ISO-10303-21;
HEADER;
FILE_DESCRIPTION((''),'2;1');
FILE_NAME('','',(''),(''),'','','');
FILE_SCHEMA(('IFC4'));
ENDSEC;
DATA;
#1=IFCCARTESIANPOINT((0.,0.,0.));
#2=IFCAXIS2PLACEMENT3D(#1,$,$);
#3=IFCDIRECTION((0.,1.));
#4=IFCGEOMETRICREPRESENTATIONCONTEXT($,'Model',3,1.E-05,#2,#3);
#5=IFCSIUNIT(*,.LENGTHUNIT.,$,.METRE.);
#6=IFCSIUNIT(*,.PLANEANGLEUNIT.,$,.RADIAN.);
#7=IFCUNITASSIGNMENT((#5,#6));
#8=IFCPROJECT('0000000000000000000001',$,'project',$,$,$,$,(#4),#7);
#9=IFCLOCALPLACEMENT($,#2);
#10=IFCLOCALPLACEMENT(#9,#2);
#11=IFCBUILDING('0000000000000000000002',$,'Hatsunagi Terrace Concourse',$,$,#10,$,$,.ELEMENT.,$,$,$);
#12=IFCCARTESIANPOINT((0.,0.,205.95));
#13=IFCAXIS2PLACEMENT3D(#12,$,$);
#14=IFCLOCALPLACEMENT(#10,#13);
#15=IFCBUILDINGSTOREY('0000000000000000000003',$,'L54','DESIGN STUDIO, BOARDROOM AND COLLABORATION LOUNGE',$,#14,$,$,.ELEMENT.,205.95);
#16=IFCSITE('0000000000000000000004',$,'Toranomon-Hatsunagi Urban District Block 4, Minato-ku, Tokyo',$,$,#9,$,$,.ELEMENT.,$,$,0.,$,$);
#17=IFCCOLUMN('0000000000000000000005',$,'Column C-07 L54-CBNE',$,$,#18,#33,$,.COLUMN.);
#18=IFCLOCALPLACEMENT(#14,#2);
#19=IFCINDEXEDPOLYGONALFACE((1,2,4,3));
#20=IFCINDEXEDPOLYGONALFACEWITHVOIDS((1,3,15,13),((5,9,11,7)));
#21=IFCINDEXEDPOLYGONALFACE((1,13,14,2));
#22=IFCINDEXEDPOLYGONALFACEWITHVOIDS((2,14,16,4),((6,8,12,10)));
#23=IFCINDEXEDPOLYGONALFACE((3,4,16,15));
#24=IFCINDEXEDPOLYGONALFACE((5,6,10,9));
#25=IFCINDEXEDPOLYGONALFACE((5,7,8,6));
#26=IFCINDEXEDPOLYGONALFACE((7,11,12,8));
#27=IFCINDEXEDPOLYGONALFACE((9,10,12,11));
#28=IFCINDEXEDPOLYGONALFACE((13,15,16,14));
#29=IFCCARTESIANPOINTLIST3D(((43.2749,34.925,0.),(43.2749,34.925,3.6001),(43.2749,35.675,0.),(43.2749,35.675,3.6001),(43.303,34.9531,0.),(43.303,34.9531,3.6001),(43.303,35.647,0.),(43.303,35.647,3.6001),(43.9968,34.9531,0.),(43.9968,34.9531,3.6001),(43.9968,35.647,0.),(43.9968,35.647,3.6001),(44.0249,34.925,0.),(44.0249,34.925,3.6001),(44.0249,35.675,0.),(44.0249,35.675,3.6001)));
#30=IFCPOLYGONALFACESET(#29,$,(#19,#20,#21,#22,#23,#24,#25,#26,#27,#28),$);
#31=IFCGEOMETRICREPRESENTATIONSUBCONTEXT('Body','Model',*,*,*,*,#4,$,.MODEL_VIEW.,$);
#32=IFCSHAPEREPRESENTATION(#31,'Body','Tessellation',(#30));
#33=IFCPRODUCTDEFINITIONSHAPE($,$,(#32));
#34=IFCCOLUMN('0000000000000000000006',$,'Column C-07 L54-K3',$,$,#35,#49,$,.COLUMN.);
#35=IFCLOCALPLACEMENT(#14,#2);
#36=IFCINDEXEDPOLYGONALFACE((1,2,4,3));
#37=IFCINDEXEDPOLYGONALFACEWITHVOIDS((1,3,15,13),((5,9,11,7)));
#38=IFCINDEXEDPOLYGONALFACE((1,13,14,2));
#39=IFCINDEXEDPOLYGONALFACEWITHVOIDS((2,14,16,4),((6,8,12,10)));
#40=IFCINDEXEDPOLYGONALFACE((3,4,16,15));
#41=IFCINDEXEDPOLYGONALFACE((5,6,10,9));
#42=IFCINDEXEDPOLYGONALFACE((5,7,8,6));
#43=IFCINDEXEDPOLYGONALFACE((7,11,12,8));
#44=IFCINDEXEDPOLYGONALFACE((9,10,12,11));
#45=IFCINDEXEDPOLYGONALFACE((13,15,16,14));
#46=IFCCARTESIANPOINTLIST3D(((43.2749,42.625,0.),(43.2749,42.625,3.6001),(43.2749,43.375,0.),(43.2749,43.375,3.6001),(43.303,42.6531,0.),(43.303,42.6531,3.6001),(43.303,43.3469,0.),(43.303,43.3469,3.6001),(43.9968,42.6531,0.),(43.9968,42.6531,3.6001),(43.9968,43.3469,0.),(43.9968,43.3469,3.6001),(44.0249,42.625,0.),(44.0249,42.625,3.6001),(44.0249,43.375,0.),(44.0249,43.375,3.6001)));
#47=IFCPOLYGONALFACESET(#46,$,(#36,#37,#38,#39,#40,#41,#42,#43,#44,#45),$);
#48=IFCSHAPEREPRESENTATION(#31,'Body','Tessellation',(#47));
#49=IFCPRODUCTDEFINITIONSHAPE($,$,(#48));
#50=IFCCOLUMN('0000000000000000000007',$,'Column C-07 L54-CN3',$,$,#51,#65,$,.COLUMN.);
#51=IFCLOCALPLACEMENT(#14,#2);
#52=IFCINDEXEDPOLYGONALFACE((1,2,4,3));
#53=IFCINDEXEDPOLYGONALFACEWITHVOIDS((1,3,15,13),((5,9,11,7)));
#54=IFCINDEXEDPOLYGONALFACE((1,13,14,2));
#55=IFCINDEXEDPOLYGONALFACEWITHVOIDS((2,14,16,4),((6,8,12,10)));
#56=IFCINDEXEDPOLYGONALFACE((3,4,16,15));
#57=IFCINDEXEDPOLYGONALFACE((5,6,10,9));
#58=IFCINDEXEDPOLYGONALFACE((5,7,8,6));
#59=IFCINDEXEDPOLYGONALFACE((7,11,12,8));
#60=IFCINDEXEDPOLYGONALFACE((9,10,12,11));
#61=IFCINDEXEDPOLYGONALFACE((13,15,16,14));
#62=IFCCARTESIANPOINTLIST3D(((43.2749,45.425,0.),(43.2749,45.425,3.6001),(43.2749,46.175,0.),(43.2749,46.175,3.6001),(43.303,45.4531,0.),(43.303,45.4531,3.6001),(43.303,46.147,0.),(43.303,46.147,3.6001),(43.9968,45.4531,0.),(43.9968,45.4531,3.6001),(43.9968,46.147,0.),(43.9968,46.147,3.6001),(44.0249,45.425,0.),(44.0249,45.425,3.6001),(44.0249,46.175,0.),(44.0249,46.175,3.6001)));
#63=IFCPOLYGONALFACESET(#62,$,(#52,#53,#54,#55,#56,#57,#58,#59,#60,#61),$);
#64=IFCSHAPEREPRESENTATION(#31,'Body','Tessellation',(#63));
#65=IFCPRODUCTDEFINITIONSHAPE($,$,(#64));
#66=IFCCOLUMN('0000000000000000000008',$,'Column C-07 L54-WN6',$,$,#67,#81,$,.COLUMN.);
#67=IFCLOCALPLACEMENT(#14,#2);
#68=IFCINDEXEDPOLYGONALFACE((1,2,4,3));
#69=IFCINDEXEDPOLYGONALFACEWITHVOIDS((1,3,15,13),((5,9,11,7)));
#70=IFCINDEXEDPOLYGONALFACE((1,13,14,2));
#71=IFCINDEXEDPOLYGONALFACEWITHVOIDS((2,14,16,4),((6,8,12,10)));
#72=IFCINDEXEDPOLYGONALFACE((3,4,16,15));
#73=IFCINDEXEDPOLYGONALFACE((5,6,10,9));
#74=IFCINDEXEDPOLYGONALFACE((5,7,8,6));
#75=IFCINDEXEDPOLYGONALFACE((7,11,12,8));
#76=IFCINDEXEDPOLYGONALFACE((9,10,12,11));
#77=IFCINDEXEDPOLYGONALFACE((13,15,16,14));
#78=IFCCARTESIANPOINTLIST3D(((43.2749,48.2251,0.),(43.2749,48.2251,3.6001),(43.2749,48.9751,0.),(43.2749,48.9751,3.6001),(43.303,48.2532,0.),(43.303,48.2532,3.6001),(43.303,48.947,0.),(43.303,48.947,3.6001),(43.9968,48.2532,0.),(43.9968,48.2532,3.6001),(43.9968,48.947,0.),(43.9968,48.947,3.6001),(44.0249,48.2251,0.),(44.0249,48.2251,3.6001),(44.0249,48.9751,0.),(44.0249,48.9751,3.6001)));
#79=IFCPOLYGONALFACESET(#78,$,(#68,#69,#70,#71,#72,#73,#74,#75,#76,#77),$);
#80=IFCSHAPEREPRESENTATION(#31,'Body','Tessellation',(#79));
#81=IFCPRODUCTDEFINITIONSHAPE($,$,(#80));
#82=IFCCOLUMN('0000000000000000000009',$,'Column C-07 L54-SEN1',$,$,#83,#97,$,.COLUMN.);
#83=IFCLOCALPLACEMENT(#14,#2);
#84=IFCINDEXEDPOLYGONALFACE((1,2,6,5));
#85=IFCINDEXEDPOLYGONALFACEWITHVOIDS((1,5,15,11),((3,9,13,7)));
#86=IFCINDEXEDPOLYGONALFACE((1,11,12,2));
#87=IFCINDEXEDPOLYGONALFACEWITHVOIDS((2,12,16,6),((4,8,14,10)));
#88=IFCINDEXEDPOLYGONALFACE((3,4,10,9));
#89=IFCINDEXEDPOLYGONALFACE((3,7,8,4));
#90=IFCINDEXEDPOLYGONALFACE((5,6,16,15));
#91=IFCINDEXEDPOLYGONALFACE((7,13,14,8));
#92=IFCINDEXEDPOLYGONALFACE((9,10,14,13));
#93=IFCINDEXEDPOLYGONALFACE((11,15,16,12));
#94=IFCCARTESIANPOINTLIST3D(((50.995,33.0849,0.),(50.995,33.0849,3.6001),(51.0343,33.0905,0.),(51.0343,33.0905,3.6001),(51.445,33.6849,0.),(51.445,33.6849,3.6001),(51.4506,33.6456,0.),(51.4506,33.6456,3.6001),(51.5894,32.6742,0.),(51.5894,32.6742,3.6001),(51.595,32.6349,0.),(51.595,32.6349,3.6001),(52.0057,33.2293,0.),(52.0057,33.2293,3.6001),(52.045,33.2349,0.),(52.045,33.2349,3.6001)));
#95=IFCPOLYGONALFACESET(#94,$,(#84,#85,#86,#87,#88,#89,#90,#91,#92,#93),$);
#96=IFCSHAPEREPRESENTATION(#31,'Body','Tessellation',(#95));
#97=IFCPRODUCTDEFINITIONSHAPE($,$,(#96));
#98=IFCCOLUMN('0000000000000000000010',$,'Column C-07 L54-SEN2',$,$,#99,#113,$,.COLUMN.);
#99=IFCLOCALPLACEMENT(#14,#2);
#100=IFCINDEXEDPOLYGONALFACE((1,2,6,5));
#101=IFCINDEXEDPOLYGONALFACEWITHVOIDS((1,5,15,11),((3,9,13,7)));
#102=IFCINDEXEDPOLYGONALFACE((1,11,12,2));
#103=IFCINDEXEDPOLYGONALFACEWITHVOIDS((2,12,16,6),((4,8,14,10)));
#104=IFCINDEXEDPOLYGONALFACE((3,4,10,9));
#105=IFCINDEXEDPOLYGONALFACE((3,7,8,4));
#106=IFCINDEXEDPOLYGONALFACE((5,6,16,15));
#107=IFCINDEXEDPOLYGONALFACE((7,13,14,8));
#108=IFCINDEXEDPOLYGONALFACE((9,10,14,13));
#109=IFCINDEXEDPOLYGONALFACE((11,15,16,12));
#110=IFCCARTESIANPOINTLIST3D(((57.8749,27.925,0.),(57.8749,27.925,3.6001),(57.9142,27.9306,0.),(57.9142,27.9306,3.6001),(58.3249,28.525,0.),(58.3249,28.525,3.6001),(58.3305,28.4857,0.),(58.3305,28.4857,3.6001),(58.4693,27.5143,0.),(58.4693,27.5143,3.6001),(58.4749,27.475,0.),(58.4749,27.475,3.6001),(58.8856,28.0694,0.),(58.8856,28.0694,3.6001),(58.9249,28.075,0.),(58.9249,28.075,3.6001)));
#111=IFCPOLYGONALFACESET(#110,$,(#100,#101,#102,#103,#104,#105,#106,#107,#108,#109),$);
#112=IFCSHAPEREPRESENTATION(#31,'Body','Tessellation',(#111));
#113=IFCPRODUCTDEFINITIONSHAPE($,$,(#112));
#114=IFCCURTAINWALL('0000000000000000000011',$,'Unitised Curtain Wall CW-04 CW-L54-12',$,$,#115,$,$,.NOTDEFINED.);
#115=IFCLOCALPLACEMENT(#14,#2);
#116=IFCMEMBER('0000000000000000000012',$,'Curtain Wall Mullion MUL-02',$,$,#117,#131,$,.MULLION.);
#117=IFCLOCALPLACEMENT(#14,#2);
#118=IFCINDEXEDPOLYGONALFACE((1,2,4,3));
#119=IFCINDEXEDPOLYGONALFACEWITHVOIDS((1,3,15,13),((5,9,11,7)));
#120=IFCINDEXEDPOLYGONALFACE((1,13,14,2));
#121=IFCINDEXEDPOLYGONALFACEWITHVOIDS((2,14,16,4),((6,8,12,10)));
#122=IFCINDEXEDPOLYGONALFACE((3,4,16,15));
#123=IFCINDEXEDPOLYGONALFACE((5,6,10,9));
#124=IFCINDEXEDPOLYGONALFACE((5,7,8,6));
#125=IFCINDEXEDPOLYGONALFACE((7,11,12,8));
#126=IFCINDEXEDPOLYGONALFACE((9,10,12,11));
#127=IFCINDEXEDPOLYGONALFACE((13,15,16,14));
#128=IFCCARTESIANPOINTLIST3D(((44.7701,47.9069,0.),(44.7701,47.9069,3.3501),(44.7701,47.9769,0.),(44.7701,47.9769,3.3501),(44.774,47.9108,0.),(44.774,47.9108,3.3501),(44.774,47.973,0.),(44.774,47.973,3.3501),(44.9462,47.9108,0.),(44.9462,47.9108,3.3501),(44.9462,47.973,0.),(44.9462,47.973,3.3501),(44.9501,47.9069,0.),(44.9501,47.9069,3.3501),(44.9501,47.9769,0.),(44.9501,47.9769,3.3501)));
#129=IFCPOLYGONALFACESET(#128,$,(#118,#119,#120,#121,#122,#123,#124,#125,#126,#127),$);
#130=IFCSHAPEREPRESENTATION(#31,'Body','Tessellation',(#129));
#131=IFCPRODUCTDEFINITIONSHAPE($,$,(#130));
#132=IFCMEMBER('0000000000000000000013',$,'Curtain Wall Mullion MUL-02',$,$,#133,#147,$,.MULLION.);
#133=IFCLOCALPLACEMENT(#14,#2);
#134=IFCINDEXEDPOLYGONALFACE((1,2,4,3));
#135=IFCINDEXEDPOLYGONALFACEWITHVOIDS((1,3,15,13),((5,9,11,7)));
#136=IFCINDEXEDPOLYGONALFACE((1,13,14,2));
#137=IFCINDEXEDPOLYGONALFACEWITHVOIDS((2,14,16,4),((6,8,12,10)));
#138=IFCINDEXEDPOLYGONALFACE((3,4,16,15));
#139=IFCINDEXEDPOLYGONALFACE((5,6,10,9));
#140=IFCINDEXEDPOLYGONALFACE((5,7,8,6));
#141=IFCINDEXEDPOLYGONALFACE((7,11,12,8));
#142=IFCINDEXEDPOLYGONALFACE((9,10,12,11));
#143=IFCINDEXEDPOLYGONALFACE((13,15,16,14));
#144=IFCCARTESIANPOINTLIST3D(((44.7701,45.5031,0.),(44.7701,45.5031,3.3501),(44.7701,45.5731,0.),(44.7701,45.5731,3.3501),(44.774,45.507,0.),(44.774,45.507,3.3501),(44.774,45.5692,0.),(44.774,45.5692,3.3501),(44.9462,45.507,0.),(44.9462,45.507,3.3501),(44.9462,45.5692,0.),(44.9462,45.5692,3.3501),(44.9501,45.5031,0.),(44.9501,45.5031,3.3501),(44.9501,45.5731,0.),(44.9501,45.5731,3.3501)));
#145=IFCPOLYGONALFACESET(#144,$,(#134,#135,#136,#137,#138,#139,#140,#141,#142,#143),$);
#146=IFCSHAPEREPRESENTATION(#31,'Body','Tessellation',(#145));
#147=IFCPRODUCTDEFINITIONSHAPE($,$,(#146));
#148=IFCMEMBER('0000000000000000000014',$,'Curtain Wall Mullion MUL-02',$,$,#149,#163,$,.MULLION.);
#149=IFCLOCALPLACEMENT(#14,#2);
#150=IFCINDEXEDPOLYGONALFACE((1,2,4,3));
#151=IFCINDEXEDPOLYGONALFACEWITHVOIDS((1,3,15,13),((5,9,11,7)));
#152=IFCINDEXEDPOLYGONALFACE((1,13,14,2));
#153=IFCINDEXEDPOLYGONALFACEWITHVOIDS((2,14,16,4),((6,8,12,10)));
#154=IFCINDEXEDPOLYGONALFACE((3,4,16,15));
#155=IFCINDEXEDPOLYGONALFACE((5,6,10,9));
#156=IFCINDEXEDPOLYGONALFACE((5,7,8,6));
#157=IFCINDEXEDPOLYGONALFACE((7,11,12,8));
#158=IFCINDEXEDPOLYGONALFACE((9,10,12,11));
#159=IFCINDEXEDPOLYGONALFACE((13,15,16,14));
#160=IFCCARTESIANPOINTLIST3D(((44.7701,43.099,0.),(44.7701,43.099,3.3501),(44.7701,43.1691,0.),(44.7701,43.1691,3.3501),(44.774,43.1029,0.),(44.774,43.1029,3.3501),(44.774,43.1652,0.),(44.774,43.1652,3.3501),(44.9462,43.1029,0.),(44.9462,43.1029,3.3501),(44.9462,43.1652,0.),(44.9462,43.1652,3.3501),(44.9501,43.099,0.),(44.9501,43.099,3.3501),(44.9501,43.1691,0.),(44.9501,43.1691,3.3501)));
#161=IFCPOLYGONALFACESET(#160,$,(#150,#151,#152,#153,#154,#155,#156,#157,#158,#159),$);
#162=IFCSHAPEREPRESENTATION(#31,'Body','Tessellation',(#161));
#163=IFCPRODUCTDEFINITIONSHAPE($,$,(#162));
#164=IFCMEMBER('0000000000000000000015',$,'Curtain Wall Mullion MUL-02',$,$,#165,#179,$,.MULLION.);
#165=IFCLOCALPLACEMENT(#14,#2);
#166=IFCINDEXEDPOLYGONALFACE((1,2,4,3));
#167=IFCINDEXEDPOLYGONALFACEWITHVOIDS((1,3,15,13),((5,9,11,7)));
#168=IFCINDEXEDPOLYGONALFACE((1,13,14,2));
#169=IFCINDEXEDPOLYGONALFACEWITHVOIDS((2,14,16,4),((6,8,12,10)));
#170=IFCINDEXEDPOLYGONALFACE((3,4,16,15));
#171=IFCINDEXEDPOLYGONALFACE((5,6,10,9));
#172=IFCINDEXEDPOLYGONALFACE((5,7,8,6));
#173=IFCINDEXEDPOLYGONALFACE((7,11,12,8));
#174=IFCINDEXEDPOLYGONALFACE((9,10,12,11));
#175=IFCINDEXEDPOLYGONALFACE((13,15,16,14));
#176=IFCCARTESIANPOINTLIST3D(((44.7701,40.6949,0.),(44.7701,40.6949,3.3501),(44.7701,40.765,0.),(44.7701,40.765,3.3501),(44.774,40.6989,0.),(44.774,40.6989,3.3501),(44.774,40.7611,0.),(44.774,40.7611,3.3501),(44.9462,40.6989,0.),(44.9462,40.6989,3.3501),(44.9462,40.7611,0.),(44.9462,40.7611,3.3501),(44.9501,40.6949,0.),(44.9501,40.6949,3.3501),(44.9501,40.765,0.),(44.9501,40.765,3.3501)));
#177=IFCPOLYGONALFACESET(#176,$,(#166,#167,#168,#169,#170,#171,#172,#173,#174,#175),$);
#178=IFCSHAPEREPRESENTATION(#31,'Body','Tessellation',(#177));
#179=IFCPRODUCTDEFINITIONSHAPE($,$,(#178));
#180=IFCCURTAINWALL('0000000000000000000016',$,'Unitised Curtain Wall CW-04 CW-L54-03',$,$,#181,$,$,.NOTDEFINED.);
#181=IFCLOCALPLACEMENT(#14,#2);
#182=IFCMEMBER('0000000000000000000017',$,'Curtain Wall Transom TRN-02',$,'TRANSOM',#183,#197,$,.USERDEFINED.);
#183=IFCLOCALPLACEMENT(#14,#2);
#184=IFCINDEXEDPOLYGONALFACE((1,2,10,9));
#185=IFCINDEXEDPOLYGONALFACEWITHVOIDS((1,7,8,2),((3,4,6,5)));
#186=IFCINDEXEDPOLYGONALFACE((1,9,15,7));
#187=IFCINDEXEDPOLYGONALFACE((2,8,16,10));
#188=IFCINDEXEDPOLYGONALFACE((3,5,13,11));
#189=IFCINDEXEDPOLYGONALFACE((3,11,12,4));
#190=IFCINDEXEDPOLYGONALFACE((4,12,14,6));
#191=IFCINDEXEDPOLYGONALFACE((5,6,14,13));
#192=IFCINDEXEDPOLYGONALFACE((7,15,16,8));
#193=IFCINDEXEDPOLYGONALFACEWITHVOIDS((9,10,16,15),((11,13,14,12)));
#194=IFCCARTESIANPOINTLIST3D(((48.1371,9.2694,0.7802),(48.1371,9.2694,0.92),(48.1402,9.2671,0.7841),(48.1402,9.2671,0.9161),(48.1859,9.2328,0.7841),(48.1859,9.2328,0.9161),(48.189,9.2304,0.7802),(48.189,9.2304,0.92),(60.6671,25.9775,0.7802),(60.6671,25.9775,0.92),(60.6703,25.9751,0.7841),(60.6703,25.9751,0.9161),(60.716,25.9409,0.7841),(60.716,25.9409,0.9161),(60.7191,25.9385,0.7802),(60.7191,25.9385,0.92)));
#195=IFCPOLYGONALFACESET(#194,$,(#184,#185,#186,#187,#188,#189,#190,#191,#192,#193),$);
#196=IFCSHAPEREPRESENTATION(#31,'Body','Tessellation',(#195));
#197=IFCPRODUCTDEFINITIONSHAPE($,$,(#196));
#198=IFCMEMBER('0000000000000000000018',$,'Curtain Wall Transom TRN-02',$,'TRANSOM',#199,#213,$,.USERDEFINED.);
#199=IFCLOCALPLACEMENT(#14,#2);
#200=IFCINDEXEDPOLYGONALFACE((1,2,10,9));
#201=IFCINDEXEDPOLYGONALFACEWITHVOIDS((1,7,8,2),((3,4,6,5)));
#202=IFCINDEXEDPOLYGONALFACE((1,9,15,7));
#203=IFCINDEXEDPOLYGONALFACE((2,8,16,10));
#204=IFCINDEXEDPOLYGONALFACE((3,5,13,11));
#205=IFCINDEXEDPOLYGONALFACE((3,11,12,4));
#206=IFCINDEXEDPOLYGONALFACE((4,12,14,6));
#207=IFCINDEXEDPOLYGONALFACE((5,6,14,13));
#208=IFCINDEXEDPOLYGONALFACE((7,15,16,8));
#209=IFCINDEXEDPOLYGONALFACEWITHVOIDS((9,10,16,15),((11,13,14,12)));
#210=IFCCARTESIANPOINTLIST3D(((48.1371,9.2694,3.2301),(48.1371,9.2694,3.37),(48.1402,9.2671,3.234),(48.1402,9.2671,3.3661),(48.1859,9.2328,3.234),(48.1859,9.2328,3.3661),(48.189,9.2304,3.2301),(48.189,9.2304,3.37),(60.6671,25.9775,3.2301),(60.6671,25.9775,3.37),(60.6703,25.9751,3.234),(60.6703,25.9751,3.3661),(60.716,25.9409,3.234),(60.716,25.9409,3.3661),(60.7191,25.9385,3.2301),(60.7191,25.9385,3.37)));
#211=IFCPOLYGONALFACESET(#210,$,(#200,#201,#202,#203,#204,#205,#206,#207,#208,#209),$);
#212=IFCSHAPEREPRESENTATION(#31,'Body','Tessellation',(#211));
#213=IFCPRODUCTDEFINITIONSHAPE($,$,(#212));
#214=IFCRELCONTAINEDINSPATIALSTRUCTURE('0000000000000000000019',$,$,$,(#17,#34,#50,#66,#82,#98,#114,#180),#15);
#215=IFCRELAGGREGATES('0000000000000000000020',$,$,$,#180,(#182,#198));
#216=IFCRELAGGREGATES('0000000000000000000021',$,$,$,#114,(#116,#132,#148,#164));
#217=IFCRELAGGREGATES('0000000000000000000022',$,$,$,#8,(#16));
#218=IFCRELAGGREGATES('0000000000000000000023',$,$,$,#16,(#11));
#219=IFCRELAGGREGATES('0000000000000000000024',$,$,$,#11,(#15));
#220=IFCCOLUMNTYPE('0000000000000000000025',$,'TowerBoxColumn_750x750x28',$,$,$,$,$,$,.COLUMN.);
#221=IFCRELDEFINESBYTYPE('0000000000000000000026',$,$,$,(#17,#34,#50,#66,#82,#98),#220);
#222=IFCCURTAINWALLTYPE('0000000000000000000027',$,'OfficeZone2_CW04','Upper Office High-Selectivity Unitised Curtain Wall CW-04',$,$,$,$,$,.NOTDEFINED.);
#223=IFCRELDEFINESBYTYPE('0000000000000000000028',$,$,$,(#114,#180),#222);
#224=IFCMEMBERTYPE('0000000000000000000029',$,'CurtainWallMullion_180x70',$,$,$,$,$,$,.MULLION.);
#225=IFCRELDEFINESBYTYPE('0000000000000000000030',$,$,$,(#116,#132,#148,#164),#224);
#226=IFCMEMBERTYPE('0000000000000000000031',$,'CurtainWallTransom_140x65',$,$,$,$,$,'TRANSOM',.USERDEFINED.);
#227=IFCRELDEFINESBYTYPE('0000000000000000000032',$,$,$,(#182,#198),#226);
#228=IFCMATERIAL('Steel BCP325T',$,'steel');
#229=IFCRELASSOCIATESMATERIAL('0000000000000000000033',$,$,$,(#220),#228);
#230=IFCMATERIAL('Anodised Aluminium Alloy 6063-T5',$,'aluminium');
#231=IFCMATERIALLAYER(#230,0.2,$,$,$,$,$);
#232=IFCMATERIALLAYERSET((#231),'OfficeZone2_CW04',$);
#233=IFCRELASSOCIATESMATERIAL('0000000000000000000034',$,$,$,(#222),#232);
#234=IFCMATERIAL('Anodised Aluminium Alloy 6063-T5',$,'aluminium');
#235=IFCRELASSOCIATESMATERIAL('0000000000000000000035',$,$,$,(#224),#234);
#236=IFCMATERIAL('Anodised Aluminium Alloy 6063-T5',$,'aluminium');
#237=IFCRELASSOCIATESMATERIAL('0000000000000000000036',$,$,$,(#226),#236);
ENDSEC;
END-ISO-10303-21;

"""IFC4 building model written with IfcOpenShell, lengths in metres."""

from ifc_helpers import new_model, si_unit, direction, frame, origin, origin_2d, place, context, subcontext, project, spatial, hollow_rectangle, extrude, material, layer, layer_set, material_profile, profile_set, type_object, element, aggregate, save


model = new_model("IFC4")

# Units and contexts
model_context = context("Model", 3, precision=1e-05, world=origin(), true_north=direction((0.0, 1.0)))
body_context = subcontext(model_context, "Body", "Model", "MODEL_VIEW")
ifc_project = project(units=[si_unit("LENGTHUNIT", "METRE"), si_unit("PLANEANGLEUNIT", "RADIAN")], contexts=[model_context])

# Site, building, storey
site_placement = place(None, origin())
site = spatial("IfcSite", under=ifc_project, at=site_placement, Name="Toranomon-Hatsunagi Urban District Block 4, Minato-ku, Tokyo", CompositionType="ELEMENT", RefElevation=0.0)
building_placement = place(site_placement, origin())
building = spatial("IfcBuilding", under=site, at=building_placement, Name="Hatsunagi Terrace Concourse", CompositionType="ELEMENT")
storey_placement = place(building_placement, frame((0.0, 0.0, 205.95)))
storey = spatial("IfcBuildingStorey", under=building, at=storey_placement, Name="L54", Description="DESIGN STUDIO, BOARDROOM AND COLLABORATION LOUNGE", CompositionType="ELEMENT", Elevation=205.95)

# Columns
ifc_material_1 = material(Name="Steel BCP325T", Category="steel")
ifc_material_profile_1 = material_profile(ifc_material_1, hollow_rectangle(XDim=0.75, YDim=0.75, WallThickness=0.0281, at=origin_2d()), Name="BCP-750x750x28")
ifc_profile_set_1 = profile_set([ifc_material_profile_1], Name="Steel BCP325T")
column_type = type_object("IfcColumnType", Name="TowerBoxColumn_750x750x28", PredefinedType="COLUMN", material=ifc_profile_set_1)
for number, where, z_axis, x_axis, name in (
    (1, (43.6499, 35.3, 0.0), (0.0, 0.0, 1.0), (1.0, 0.0, 0.0), "Column C-07 L54-CBNE"),
    (2, (43.6499, 43.0, 0.0), (0.0, 0.0, 1.0), (1.0, 0.0, 0.0), "Column C-07 L54-K3"),
    (3, (43.6499, 45.8, 0.0), (0.0, 0.0, 1.0), (1.0, 0.0, 0.0), "Column C-07 L54-CN3"),
    (4, (43.6499, 48.6001, 0.0), (0.0, 0.0, 1.0), (1.0, 0.0, 0.0), "Column C-07 L54-WN6"),
    (5, (51.52, 33.1599, 0.0), (0.0, 0.0, 1.0), (0.8, -0.6, 0.0), "Column C-07 L54-SEN1"),
    (6, (58.3999, 28.0, 0.0), (0.0, 0.0, 1.0), (0.8, -0.6, 0.0), "Column C-07 L54-SEN2"),
):
    element("IfcColumn", number, at=place(storey_placement, frame(where, z_axis=z_axis, x_axis=x_axis)), inside=storey, type_object=column_type, Name=name, PredefinedType="COLUMN", context=body_context, shape_type="SweptSolid", body=[
        extrude(hollow_rectangle(XDim=0.75, YDim=0.75, WallThickness=0.0281, at=origin_2d()), origin(), (0.0, 0.0, 1.0), 3.6001),
    ])

# Curtain walls, members
ifc_material_2 = material(Name="Anodised Aluminium Alloy 6063-T5", Category="aluminium")
ifc_layer_1 = layer(ifc_material_2, 0.2)
ifc_layer_set_1 = layer_set([ifc_layer_1], Name="OfficeZone2_CW04")
curtain_wall_type = type_object("IfcCurtainWallType", Name="OfficeZone2_CW04", Description="Upper Office High-Selectivity Unitised Curtain Wall CW-04", PredefinedType="NOTDEFINED", material=ifc_layer_set_1)
curtain_wall_1_placement = place(storey_placement, origin())
curtain_wall_1 = element("IfcCurtainWall", 7, at=curtain_wall_1_placement, inside=storey, type_object=curtain_wall_type, Name="Unitised Curtain Wall CW-04 CW-L54-12", PredefinedType="NOTDEFINED")
ifc_material_3 = material(Name="Anodised Aluminium Alloy 6063-T5", Category="aluminium")
ifc_material_profile_2 = material_profile(ifc_material_3, hollow_rectangle(XDim=0.0701, YDim=0.1799, WallThickness=0.0039, at=origin_2d()), Name="ALU-MUL-180x70x4")
ifc_profile_set_2 = profile_set([ifc_material_profile_2], Name="Anodised Aluminium Alloy 6063-T5")
member_type_1 = type_object("IfcMemberType", Name="CurtainWallMullion_180x70", PredefinedType="MULLION", material=ifc_profile_set_2)
member_1_placement = place(storey_placement, frame((44.8601, 47.9419, 0.0), z_axis=(0.0, 0.0, 1.0), x_axis=(0.0, -1.0, 0.0)))
member_1 = element("IfcMember", 8, at=member_1_placement, type_object=member_type_1, Name="Curtain Wall Mullion MUL-02", PredefinedType="MULLION", context=body_context, shape_type="SweptSolid", body=[
    extrude(hollow_rectangle(XDim=0.0701, YDim=0.1799, WallThickness=0.0039, at=origin_2d()), origin(), (0.0, 0.0, 1.0), 3.3501),
])
member_2_placement = place(storey_placement, frame((44.8601, 45.5381, 0.0), z_axis=(0.0, 0.0, 1.0), x_axis=(0.0, -1.0, 0.0)))
member_2 = element("IfcMember", 9, at=member_2_placement, type_object=member_type_1, Name="Curtain Wall Mullion MUL-02", PredefinedType="MULLION", context=body_context, shape_type="SweptSolid", body=[
    extrude(hollow_rectangle(XDim=0.0701, YDim=0.1799, WallThickness=0.0039, at=origin_2d()), origin(), (0.0, 0.0, 1.0), 3.3501),
])
member_3_placement = place(storey_placement, frame((44.8601, 43.134, 0.0), z_axis=(0.0, 0.0, 1.0), x_axis=(0.0, -1.0, 0.0)))
member_3 = element("IfcMember", 10, at=member_3_placement, type_object=member_type_1, Name="Curtain Wall Mullion MUL-02", PredefinedType="MULLION", context=body_context, shape_type="SweptSolid", body=[
    extrude(hollow_rectangle(XDim=0.0701, YDim=0.1799, WallThickness=0.0039, at=origin_2d()), origin(), (0.0, 0.0, 1.0), 3.3501),
])
member_4_placement = place(storey_placement, frame((44.8601, 40.73, 0.0), z_axis=(0.0, 0.0, 1.0), x_axis=(0.0, -1.0, 0.0)))
member_4 = element("IfcMember", 11, at=member_4_placement, type_object=member_type_1, Name="Curtain Wall Mullion MUL-02", PredefinedType="MULLION", context=body_context, shape_type="SweptSolid", body=[
    extrude(hollow_rectangle(XDim=0.0701, YDim=0.1799, WallThickness=0.0039, at=origin_2d()), origin(), (0.0, 0.0, 1.0), 3.3501),
])
curtain_wall_2_placement = place(storey_placement, origin())
curtain_wall_2 = element("IfcCurtainWall", 12, at=curtain_wall_2_placement, inside=storey, type_object=curtain_wall_type, Name="Unitised Curtain Wall CW-04 CW-L54-03", PredefinedType="NOTDEFINED")
ifc_material_4 = material(Name="Anodised Aluminium Alloy 6063-T5", Category="aluminium")
ifc_material_profile_3 = material_profile(ifc_material_4, hollow_rectangle(XDim=0.0649, YDim=0.1399, WallThickness=0.0039, at=origin_2d()), Name="ALU-TRN-140x65x4")
ifc_profile_set_3 = profile_set([ifc_material_profile_3], Name="Anodised Aluminium Alloy 6063-T5")
member_type_2 = type_object("IfcMemberType", Name="CurtainWallTransom_140x65", ElementType="TRANSOM", PredefinedType="USERDEFINED", material=ifc_profile_set_3)
member_5_placement = place(storey_placement, frame((60.6931, 25.958, 0.8501), z_axis=(-0.59997, -0.800022, 0.0), x_axis=(0.800022, -0.59997, 0.0)))
member_5 = element("IfcMember", 13, at=member_5_placement, type_object=member_type_2, Name="Curtain Wall Transom TRN-02", ObjectType="TRANSOM", PredefinedType="USERDEFINED", context=body_context, shape_type="SweptSolid", body=[
    extrude(hollow_rectangle(XDim=0.0649, YDim=0.1399, WallThickness=0.0039, at=origin_2d()), origin(), (0.0, 0.0, 1.0), 20.8845),
])
member_6_placement = place(storey_placement, frame((60.6931, 25.958, 3.3), z_axis=(-0.59997, -0.800022, 0.0), x_axis=(0.800022, -0.59997, 0.0)))
member_6 = element("IfcMember", 14, at=member_6_placement, type_object=member_type_2, Name="Curtain Wall Transom TRN-02", ObjectType="TRANSOM", PredefinedType="USERDEFINED", context=body_context, shape_type="SweptSolid", body=[
    extrude(hollow_rectangle(XDim=0.0649, YDim=0.1399, WallThickness=0.0039, at=origin_2d()), origin(), (0.0, 0.0, 1.0), 20.8845),
])
aggregate(curtain_wall_2, [member_5, member_6])

aggregate(curtain_wall_1, [member_1, member_2, member_3, member_4])

save(model, "model.ifc")
